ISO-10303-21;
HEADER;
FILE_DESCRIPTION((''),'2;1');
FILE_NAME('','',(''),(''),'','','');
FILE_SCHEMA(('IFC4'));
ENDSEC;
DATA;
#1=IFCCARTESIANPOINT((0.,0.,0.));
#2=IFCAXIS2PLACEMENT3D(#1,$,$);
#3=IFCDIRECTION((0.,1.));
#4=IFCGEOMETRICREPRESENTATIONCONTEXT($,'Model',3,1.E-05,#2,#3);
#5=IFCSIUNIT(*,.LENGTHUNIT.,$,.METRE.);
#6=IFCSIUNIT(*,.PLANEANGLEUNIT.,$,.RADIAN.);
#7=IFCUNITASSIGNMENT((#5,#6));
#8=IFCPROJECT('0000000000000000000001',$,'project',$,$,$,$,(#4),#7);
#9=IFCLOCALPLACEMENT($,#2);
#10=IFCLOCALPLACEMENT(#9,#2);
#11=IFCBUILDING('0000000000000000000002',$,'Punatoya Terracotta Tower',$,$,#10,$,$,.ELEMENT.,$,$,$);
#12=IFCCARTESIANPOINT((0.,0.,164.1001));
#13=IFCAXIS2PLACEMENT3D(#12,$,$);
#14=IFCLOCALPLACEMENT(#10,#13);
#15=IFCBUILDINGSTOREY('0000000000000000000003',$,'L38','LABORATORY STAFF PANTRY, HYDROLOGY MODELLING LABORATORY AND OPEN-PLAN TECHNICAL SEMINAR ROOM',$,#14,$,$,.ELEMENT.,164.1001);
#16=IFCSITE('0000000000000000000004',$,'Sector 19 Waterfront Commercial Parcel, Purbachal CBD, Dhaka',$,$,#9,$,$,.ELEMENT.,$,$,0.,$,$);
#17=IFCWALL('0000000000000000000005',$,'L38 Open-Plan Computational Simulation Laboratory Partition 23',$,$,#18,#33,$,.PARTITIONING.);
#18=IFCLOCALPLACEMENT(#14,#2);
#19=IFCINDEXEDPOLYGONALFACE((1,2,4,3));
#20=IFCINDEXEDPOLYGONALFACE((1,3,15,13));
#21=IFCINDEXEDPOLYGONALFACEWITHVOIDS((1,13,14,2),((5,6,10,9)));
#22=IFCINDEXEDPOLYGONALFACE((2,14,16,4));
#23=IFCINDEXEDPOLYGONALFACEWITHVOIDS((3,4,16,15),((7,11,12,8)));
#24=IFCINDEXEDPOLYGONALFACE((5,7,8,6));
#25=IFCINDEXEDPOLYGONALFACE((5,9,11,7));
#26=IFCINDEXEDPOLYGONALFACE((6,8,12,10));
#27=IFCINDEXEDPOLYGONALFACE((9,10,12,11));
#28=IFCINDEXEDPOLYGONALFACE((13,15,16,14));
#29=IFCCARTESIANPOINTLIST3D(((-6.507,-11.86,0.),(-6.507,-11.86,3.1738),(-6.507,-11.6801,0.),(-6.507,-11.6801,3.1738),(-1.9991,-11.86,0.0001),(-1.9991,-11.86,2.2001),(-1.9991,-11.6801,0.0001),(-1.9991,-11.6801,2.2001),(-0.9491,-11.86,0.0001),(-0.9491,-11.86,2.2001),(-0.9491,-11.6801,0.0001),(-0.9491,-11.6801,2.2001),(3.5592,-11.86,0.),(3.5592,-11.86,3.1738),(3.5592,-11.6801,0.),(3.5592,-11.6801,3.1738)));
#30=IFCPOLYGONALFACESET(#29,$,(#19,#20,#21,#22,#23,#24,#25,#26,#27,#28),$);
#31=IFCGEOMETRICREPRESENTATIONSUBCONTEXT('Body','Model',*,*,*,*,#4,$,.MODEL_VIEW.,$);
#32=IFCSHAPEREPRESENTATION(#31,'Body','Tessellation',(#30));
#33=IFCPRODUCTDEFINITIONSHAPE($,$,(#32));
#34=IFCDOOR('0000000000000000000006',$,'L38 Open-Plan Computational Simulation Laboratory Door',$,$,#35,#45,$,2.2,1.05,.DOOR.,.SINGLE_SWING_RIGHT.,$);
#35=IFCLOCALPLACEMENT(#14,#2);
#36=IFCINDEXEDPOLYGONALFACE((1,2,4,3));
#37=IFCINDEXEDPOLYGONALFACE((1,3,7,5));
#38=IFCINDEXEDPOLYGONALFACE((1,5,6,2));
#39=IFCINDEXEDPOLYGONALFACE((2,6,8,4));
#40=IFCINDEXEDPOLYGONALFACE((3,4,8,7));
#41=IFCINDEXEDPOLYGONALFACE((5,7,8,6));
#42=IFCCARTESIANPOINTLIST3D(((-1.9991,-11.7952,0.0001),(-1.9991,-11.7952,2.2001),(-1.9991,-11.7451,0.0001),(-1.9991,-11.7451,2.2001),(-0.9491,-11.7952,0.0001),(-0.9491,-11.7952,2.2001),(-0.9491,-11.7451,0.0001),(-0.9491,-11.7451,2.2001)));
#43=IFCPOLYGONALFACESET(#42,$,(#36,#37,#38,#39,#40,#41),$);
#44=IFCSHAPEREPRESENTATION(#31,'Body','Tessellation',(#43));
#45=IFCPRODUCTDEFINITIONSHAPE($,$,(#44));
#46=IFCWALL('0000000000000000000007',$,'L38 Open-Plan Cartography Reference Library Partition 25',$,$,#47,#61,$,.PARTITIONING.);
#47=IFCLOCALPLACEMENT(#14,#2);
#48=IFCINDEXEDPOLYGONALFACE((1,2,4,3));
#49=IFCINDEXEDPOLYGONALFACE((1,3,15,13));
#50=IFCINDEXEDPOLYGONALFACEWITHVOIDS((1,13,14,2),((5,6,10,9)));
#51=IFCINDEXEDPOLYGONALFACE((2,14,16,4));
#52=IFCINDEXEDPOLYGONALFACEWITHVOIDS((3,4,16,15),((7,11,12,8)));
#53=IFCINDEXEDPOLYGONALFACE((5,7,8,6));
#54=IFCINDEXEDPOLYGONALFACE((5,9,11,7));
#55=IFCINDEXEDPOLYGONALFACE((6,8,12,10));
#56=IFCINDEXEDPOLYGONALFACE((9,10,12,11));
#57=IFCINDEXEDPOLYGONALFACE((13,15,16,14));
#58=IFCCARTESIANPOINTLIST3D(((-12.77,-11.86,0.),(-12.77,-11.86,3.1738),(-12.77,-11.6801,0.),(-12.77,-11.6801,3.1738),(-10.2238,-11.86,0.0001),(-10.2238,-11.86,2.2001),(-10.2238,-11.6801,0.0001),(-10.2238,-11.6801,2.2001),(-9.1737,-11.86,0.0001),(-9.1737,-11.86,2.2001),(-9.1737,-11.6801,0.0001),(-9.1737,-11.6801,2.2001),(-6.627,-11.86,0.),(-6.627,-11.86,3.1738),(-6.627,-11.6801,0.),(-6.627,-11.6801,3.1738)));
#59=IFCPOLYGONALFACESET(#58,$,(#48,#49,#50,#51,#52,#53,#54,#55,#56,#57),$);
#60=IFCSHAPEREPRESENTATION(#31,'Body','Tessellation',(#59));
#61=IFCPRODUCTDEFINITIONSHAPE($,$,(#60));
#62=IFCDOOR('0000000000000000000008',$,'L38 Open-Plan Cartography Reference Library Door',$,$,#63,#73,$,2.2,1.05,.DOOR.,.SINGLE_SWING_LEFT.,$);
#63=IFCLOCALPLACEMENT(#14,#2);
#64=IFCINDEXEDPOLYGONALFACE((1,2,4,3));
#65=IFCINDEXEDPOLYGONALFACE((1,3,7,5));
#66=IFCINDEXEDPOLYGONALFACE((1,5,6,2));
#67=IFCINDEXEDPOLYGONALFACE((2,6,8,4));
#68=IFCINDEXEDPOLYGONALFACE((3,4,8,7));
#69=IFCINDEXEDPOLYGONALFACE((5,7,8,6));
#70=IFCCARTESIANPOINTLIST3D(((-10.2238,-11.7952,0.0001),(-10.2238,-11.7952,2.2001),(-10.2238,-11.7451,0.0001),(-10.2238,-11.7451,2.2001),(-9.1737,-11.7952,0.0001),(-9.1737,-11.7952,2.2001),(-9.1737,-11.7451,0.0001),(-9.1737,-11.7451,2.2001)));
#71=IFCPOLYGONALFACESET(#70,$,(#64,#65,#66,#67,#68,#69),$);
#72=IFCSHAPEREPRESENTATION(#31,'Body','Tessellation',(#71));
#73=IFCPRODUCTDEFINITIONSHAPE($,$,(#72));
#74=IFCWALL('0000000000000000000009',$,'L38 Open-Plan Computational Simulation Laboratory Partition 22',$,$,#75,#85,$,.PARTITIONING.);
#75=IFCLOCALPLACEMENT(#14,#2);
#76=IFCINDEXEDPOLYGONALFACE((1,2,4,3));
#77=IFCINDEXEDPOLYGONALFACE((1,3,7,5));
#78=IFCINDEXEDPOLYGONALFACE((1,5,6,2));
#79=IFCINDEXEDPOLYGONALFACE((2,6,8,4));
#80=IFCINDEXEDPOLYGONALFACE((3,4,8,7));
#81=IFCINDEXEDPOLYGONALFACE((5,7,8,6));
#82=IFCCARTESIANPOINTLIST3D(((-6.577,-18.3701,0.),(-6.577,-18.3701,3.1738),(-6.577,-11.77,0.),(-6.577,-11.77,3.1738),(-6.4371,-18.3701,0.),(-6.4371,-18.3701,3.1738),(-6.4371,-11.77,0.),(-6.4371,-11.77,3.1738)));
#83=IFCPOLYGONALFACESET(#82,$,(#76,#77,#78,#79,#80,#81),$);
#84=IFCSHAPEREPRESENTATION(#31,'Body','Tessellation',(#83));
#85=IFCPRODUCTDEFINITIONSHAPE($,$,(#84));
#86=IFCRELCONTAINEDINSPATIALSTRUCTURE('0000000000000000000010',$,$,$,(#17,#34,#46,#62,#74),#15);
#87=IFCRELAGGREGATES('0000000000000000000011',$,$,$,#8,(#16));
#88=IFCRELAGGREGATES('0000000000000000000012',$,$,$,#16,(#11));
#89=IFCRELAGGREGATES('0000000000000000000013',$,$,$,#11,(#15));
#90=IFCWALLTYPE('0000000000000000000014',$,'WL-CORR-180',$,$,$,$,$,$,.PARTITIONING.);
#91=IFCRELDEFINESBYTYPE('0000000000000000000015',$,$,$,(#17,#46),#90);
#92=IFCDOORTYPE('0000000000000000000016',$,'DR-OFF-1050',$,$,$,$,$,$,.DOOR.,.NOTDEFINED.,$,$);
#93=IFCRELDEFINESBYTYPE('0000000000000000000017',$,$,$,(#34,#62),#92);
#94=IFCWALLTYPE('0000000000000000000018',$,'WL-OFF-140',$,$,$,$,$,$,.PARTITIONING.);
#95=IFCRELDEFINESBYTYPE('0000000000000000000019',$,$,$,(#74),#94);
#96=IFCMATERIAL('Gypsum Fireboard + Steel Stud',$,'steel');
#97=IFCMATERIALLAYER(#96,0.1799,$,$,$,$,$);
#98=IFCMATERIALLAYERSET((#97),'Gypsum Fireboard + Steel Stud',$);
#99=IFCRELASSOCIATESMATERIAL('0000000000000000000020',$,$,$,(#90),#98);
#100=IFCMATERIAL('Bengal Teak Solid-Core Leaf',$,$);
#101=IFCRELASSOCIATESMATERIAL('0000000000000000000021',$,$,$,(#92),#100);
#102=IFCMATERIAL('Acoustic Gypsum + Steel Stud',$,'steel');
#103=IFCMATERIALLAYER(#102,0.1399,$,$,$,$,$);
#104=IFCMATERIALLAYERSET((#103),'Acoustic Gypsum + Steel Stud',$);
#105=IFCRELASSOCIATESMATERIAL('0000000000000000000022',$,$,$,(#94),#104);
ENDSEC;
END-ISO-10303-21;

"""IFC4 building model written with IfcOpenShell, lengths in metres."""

from ifc_helpers import new_model, si_unit, direction, frame, frame_2d, origin, place, context, subcontext, project, spatial, rectangle, extrude, material, layer, layer_set, type_object, element, fill, save


model = new_model("IFC4")

# Units and contexts
model_context = context("Model", 3, precision=1e-05, world=origin(), true_north=direction((0.0, 1.0)))
body_context = subcontext(model_context, "Body", "Model", "MODEL_VIEW")
ifc_project = project(units=[si_unit("LENGTHUNIT", "METRE"), si_unit("PLANEANGLEUNIT", "RADIAN")], contexts=[model_context])

# Site, building, storey
site_placement = place(None, origin())
site = spatial("IfcSite", under=ifc_project, at=site_placement, Name="Sector 19 Waterfront Commercial Parcel, Purbachal CBD, Dhaka", CompositionType="ELEMENT", RefElevation=0.0)
building_placement = place(site_placement, origin())
building = spatial("IfcBuilding", under=site, at=building_placement, Name="Punatoya Terracotta Tower", CompositionType="ELEMENT")
storey_placement = place(building_placement, frame((0.0, 0.0, 164.1001)))
storey = spatial("IfcBuildingStorey", under=building, at=storey_placement, Name="L38", Description="LABORATORY STAFF PANTRY, HYDROLOGY MODELLING LABORATORY AND OPEN-PLAN TECHNICAL SEMINAR ROOM", CompositionType="ELEMENT", Elevation=164.1001)

# Walls, openings, doors
ifc_material_1 = material(Name="Gypsum Fireboard + Steel Stud", Category="steel")
ifc_layer_1 = layer(ifc_material_1, 0.1799)
ifc_layer_set_1 = layer_set([ifc_layer_1], Name="Gypsum Fireboard + Steel Stud")
wall_type_1 = type_object("IfcWallType", Name="WL-CORR-180", PredefinedType="PARTITIONING", material=ifc_layer_set_1)
wall_1_placement = place(storey_placement, frame((-6.5071, -11.77, 0.0), z_axis=(0.0, 0.0, 1.0), x_axis=(1.0, 0.0, 0.0)))
wall_1 = element("IfcWall", 1, at=wall_1_placement, inside=storey, type_object=wall_type_1, Name="L38 Open-Plan Computational Simulation Laboratory Partition 23", PredefinedType="PARTITIONING", context=body_context, shape_type="SweptSolid", body=[
    extrude(rectangle(XDim=10.0662, YDim=0.1799, at=frame_2d((5.0332, 0.0))), origin(), (0.0, 0.0, 1.0), 3.1738),
])
opening_1_placement = place(wall_1_placement, frame((4.5081, 0.0, 0.0)))
opening_1 = element("IfcOpeningElement", 2, at=opening_1_placement, cuts=wall_1, PredefinedType="OPENING", context=body_context, shape_type="SweptSolid", body=[
    extrude(rectangle(XDim=1.05, YDim=2.2, at=frame_2d((0.5249, 1.1001))), frame((0.0, 0.0999, 0.0), z_axis=(0.0, -1.0, 0.0), x_axis=(1.0, 0.0, 0.0)), (0.0, 0.0, 1.0), 0.2),
])
ifc_material_2 = material(Name="Bengal Teak Solid-Core Leaf")
door_type = type_object("IfcDoorType", Name="DR-OFF-1050", OperationType="NOTDEFINED", PredefinedType="DOOR", material=ifc_material_2)
door_1_placement = place(opening_1_placement, origin())
door_1 = element("IfcDoor", 3, at=door_1_placement, inside=storey, type_object=door_type, Name="L38 Open-Plan Computational Simulation Laboratory Door", OperationType="SINGLE_SWING_RIGHT", OverallHeight=2.2, OverallWidth=1.05, PredefinedType="DOOR", context=body_context, shape_type="SweptSolid", body=[
    extrude(rectangle(XDim=1.05, YDim=2.2, at=frame_2d((0.5249, 1.1001))), frame((0.0, 0.0249, 0.0), z_axis=(0.0, -1.0, 0.0), x_axis=(1.0, 0.0, 0.0)), (0.0, 0.0, 1.0), 0.05),
])
fill(opening_1, door_1)
wall_2_placement = place(storey_placement, frame((-12.77, -11.77, 0.0), z_axis=(0.0, 0.0, 1.0), x_axis=(1.0, 0.0, 0.0)))
wall_2 = element("IfcWall", 4, at=wall_2_placement, inside=storey, type_object=wall_type_1, Name="L38 Open-Plan Cartography Reference Library Partition 25", PredefinedType="PARTITIONING", context=body_context, shape_type="SweptSolid", body=[
    extrude(rectangle(XDim=6.1431, YDim=0.1799, at=frame_2d((3.0715, 0.0))), origin(), (0.0, 0.0, 1.0), 3.1738),
])
opening_2_placement = place(wall_2_placement, frame((2.5464, 0.0, 0.0)))
opening_2 = element("IfcOpeningElement", 5, at=opening_2_placement, cuts=wall_2, PredefinedType="OPENING", context=body_context, shape_type="SweptSolid", body=[
    extrude(rectangle(XDim=1.05, YDim=2.2, at=frame_2d((0.5249, 1.1001))), frame((0.0, 0.0999, 0.0), z_axis=(0.0, -1.0, 0.0), x_axis=(1.0, 0.0, 0.0)), (0.0, 0.0, 1.0), 0.2),
])
door_2_placement = place(opening_2_placement, origin())
door_2 = element("IfcDoor", 6, at=door_2_placement, inside=storey, type_object=door_type, Name="L38 Open-Plan Cartography Reference Library Door", OperationType="SINGLE_SWING_LEFT", OverallHeight=2.2, OverallWidth=1.05, PredefinedType="DOOR", context=body_context, shape_type="SweptSolid", body=[
    extrude(rectangle(XDim=1.05, YDim=2.2, at=frame_2d((0.5249, 1.1001))), frame((0.0, 0.0249, 0.0), z_axis=(0.0, -1.0, 0.0), x_axis=(1.0, 0.0, 0.0)), (0.0, 0.0, 1.0), 0.05),
])
fill(opening_2, door_2)

# Wall
ifc_material_3 = material(Name="Acoustic Gypsum + Steel Stud", Category="steel")
ifc_layer_2 = layer(ifc_material_3, 0.1399)
ifc_layer_set_2 = layer_set([ifc_layer_2], Name="Acoustic Gypsum + Steel Stud")
wall_type_2 = type_object("IfcWallType", Name="WL-OFF-140", PredefinedType="PARTITIONING", material=ifc_layer_set_2)
wall_3_placement = place(storey_placement, frame((-6.5071, -18.3701, 0.0), z_axis=(0.0, 0.0, 1.0), x_axis=(0.0, 1.0, 0.0)))
element("IfcWall", 7, at=wall_3_placement, inside=storey, type_object=wall_type_2, Name="L38 Open-Plan Computational Simulation Laboratory Partition 22", PredefinedType="PARTITIONING", context=body_context, shape_type="SweptSolid", body=[
    extrude(rectangle(XDim=6.6001, YDim=0.1399, at=frame_2d((3.3, 0.0))), origin(), (0.0, 0.0, 1.0), 3.1738),
])

save(model, "model.ifc")
